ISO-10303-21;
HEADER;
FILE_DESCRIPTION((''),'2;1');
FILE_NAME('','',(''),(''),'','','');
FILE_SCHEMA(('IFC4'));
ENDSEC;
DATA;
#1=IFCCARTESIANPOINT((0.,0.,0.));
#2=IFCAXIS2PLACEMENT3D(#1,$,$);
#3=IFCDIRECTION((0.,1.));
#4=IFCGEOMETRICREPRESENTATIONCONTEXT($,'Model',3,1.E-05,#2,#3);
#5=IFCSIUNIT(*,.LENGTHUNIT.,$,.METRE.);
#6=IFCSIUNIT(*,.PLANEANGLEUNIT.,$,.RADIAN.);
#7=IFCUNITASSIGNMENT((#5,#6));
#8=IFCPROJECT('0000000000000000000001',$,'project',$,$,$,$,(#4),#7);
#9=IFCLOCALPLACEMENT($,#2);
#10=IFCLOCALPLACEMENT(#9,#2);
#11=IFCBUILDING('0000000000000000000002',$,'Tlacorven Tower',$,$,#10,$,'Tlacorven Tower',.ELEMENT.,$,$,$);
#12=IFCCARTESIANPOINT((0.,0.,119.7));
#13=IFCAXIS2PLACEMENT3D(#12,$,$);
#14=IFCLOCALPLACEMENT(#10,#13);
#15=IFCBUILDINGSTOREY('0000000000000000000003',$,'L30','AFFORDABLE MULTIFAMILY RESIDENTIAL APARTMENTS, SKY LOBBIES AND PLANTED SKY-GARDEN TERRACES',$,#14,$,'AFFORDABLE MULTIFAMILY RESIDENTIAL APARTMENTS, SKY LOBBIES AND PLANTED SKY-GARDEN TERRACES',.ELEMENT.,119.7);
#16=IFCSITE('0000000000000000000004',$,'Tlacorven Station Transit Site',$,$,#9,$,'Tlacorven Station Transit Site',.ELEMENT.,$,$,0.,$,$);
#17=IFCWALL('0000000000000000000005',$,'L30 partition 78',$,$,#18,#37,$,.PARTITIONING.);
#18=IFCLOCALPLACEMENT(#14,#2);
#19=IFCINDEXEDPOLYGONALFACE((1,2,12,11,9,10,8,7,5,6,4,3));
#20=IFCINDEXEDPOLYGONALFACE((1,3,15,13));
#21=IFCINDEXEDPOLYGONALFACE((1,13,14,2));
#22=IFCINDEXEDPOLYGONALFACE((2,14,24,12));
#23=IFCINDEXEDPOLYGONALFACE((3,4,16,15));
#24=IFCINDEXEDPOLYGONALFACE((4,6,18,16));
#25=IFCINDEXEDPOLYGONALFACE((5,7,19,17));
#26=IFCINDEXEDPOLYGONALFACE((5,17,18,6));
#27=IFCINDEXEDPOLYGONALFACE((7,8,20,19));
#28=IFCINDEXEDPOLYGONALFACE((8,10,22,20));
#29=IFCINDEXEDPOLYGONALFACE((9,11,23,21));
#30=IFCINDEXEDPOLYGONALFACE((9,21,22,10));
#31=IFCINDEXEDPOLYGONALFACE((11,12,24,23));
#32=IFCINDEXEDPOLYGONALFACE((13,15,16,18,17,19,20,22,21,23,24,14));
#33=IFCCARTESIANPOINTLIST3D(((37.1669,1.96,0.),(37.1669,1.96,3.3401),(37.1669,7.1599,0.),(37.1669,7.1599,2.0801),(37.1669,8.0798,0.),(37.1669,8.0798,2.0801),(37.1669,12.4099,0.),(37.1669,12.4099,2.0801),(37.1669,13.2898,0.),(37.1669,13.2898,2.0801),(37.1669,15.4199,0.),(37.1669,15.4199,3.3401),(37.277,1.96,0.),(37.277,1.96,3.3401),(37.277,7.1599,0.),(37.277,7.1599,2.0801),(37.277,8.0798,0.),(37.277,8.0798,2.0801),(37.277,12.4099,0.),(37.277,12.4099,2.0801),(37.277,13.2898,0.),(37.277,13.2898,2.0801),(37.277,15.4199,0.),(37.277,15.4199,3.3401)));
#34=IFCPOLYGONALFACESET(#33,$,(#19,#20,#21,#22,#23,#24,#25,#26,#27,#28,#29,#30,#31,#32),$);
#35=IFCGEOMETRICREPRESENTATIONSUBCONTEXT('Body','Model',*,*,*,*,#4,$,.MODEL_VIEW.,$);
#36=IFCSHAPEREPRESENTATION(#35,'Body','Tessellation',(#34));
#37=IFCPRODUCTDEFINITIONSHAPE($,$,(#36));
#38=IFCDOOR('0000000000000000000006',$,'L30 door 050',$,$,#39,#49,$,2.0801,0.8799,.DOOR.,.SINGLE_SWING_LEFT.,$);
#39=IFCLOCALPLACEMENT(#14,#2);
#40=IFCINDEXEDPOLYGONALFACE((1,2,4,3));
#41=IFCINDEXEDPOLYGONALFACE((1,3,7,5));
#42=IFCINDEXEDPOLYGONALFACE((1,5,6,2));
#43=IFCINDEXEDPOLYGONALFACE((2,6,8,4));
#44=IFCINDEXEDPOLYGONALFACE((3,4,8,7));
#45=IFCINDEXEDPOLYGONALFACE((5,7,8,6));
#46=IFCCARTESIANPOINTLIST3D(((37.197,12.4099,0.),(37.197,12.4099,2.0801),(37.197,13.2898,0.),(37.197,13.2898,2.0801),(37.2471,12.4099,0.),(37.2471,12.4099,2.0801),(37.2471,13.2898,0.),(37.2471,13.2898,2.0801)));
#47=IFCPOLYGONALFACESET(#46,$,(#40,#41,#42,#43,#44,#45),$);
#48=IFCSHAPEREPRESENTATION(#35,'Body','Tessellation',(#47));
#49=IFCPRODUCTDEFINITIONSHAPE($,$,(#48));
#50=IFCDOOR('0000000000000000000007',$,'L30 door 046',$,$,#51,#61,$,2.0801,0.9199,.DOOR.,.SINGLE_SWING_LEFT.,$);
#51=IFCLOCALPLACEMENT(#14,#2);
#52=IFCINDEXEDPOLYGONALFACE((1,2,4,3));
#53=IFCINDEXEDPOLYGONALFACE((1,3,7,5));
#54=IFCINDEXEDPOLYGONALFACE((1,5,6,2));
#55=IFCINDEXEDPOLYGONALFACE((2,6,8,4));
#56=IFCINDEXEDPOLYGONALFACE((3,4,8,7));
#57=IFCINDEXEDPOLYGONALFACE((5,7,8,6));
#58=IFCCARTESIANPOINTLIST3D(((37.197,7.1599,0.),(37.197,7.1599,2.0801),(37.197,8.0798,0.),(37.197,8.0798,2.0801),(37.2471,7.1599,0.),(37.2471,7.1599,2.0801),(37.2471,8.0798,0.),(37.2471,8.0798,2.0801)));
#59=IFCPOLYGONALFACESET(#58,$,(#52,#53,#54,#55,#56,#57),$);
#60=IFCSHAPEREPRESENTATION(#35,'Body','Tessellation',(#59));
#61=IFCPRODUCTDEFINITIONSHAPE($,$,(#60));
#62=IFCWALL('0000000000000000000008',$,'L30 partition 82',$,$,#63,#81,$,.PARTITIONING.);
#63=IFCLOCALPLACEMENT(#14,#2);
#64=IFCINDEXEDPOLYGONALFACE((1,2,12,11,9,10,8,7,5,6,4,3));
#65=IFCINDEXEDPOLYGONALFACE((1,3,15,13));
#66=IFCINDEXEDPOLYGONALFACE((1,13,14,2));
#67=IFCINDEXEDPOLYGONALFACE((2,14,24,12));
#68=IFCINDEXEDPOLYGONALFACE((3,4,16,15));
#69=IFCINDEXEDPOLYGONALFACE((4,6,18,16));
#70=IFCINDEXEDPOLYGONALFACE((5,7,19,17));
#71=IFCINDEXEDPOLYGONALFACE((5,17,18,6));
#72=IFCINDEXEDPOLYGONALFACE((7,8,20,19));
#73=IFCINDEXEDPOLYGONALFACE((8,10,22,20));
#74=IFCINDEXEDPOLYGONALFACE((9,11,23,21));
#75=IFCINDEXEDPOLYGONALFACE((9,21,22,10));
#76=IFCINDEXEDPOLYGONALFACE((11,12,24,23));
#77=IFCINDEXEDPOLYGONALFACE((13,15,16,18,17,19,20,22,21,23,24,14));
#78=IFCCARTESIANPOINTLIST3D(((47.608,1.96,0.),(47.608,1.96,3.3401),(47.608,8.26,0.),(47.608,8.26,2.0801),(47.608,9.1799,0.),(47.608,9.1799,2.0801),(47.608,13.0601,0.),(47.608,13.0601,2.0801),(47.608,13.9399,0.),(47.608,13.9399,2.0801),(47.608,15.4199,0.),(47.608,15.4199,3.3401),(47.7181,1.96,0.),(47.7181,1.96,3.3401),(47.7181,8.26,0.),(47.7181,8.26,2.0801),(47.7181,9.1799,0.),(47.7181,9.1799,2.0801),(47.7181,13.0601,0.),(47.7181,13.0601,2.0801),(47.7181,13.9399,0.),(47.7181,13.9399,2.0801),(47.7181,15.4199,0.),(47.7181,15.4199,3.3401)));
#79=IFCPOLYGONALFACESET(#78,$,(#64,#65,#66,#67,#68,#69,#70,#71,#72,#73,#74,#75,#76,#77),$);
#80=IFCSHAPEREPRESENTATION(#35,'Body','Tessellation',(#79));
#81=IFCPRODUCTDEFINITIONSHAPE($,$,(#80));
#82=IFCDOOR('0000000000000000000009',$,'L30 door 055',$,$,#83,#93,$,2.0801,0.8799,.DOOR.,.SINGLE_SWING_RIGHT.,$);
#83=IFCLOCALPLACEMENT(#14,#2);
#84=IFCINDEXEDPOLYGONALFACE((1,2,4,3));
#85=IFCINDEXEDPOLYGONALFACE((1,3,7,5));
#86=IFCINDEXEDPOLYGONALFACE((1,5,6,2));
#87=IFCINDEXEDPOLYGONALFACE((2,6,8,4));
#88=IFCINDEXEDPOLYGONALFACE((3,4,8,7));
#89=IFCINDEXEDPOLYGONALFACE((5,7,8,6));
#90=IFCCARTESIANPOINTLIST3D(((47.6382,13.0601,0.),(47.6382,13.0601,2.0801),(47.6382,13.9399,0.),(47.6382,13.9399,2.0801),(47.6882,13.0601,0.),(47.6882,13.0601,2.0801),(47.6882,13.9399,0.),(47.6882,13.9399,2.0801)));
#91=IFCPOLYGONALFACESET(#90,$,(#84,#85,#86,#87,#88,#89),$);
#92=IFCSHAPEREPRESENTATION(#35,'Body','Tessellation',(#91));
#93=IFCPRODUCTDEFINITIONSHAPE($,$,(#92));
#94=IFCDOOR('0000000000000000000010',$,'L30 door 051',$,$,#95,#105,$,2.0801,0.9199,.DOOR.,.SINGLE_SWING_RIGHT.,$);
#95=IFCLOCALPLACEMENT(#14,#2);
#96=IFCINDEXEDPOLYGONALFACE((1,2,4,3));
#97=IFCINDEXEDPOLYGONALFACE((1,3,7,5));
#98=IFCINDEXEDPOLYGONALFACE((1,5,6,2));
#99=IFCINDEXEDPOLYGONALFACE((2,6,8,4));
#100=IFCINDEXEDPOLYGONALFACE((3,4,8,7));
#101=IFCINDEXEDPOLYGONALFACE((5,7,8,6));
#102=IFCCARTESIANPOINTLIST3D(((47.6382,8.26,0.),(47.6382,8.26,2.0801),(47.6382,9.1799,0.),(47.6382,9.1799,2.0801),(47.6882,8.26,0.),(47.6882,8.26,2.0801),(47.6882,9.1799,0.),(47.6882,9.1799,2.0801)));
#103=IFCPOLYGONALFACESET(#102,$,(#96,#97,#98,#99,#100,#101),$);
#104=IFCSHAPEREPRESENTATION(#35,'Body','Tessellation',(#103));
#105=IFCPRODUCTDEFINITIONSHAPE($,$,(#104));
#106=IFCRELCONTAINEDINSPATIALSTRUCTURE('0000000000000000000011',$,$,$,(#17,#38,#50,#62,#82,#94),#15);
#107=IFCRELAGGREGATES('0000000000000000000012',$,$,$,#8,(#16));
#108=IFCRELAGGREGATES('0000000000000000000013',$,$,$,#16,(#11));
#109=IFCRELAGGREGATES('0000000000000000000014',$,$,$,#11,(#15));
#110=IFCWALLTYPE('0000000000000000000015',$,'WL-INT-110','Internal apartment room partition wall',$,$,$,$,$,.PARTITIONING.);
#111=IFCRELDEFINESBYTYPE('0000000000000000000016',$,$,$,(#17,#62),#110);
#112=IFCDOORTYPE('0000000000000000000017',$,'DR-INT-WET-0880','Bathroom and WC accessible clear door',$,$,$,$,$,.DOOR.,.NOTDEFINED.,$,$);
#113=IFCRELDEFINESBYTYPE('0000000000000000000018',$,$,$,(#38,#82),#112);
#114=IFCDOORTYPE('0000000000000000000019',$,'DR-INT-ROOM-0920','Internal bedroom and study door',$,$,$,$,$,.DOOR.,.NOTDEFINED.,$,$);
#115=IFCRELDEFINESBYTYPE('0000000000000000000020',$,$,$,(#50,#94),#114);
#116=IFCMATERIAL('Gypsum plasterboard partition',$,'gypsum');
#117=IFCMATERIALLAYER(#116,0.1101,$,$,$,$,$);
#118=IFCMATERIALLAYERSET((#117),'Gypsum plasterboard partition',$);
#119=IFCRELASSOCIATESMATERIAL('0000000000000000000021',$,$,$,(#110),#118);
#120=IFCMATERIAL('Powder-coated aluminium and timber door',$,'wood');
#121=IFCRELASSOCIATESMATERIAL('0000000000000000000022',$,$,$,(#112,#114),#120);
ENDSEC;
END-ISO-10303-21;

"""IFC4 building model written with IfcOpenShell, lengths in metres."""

from ifc_helpers import new_model, si_unit, direction, frame, frame_2d, origin, place, context, subcontext, project, spatial, rectangle, extrude, source, transform, mapped, material, layer, layer_set, type_object, element, fill, save


model = new_model("IFC4")

# Units and contexts
model_context = context("Model", 3, precision=1e-05, world=origin(), true_north=direction((0.0, 1.0)))
body_context = subcontext(model_context, "Body", "Model", "MODEL_VIEW")
ifc_project = project(units=[si_unit("LENGTHUNIT", "METRE"), si_unit("PLANEANGLEUNIT", "RADIAN")], contexts=[model_context])

# Site, building, storey
site_placement = place(None, origin())
site = spatial("IfcSite", under=ifc_project, at=site_placement, Name="Tlacorven Station Transit Site", LongName="Tlacorven Station Transit Site", CompositionType="ELEMENT", RefElevation=0.0)
building_placement = place(site_placement, origin())
building = spatial("IfcBuilding", under=site, at=building_placement, Name="Tlacorven Tower", LongName="Tlacorven Tower", CompositionType="ELEMENT")
storey_placement = place(building_placement, frame((0.0, 0.0, 119.7)))
storey = spatial("IfcBuildingStorey", under=building, at=storey_placement, Name="L30", Description="AFFORDABLE MULTIFAMILY RESIDENTIAL APARTMENTS, SKY LOBBIES AND PLANTED SKY-GARDEN TERRACES", LongName="AFFORDABLE MULTIFAMILY RESIDENTIAL APARTMENTS, SKY LOBBIES AND PLANTED SKY-GARDEN TERRACES", CompositionType="ELEMENT", Elevation=119.7)

# Walls, openings, doors
ifc_material_1 = material(Name="Gypsum plasterboard partition", Category="gypsum")
ifc_layer_1 = layer(ifc_material_1, 0.1101)
ifc_layer_set_1 = layer_set([ifc_layer_1], Name="Gypsum plasterboard partition")
wall_type_1 = type_object("IfcWallType", Name="WL-INT-110", Description="Internal apartment room partition wall", PredefinedType="PARTITIONING", material=ifc_layer_set_1)
wall_1_placement = place(storey_placement, frame((37.2219, 1.96, 0.0), z_axis=(0.0, 0.0, 1.0), x_axis=(0.0, 1.0, 0.0)))
wall_1 = element("IfcWall", 1, at=wall_1_placement, inside=storey, type_object=wall_type_1, Name="L30 partition 78", PredefinedType="PARTITIONING", context=body_context, shape_type="SweptSolid", body=[
    extrude(rectangle(XDim=13.46, YDim=0.1101, at=frame_2d((6.73, 0.0))), origin(), (0.0, 0.0, 1.0), 3.3401),
])
opening_1_placement = place(wall_1_placement, frame((5.2, 0.0, 0.0)))
opening_1 = element("IfcOpeningElement", 2, at=opening_1_placement, cuts=wall_1, PredefinedType="OPENING", context=body_context, shape_type="SweptSolid", body=[
    extrude(rectangle(XDim=0.9199, YDim=2.0801, at=frame_2d((0.46, 1.04))), frame((0.0, 0.0649, 0.0), z_axis=(0.0, -1.0, 0.0), x_axis=(1.0, 0.0, 0.0)), (0.0, 0.0, 1.0), 0.1301),
])
opening_2_placement = place(wall_1_placement, frame((10.45, 0.0, 0.0)))
opening_2 = element("IfcOpeningElement", 3, at=opening_2_placement, cuts=wall_1, PredefinedType="OPENING", context=body_context, shape_type="SweptSolid", body=[
    extrude(rectangle(XDim=0.8799, YDim=2.0801, at=frame_2d((0.4399, 1.04))), frame((0.0, 0.0649, 0.0), z_axis=(0.0, -1.0, 0.0), x_axis=(1.0, 0.0, 0.0)), (0.0, 0.0, 1.0), 0.1301),
])
ifc_material_2 = material(Name="Powder-coated aluminium and timber door", Category="wood")
door_type_1 = type_object("IfcDoorType", Name="DR-INT-WET-0880", Description="Bathroom and WC accessible clear door", OperationType="NOTDEFINED", PredefinedType="DOOR", material=ifc_material_2)
shared_shape_1 = source(origin(), body_context, "Body", "SweptSolid", [
    extrude(rectangle(XDim=0.8799, YDim=2.0801, at=frame_2d((0.4399, 1.04))), frame((0.0, 0.0249, 0.0), z_axis=(0.0, -1.0, 0.0), x_axis=(1.0, 0.0, 0.0)), (0.0, 0.0, 1.0), 0.05),
])
door_1_placement = place(opening_2_placement, origin())
door_1 = element("IfcDoor", 4, at=door_1_placement, inside=storey, type_object=door_type_1, Name="L30 door 050", OperationType="SINGLE_SWING_LEFT", OverallHeight=2.0801, OverallWidth=0.8799, PredefinedType="DOOR", context=body_context, shape_type="MappedRepresentation", body=[
    mapped(shared_shape_1, transform((0.0, 0.0, 0.0), scale=1.0)),
])
fill(opening_2, door_1)
door_type_2 = type_object("IfcDoorType", Name="DR-INT-ROOM-0920", Description="Internal bedroom and study door", OperationType="NOTDEFINED", PredefinedType="DOOR", material=ifc_material_2)
shared_shape_2 = source(origin(), body_context, "Body", "SweptSolid", [
    extrude(rectangle(XDim=0.9199, YDim=2.0801, at=frame_2d((0.46, 1.04))), frame((0.0, 0.0249, 0.0), z_axis=(0.0, -1.0, 0.0), x_axis=(1.0, 0.0, 0.0)), (0.0, 0.0, 1.0), 0.05),
])
door_2_placement = place(opening_1_placement, origin())
door_2 = element("IfcDoor", 5, at=door_2_placement, inside=storey, type_object=door_type_2, Name="L30 door 046", OperationType="SINGLE_SWING_LEFT", OverallHeight=2.0801, OverallWidth=0.9199, PredefinedType="DOOR", context=body_context, shape_type="MappedRepresentation", body=[
    mapped(shared_shape_2, transform((0.0, 0.0, 0.0), scale=1.0)),
])
fill(opening_1, door_2)
wall_2_placement = place(storey_placement, frame((47.6631, 1.96, 0.0), z_axis=(0.0, 0.0, 1.0), x_axis=(0.0, 1.0, 0.0)))
wall_2 = element("IfcWall", 6, at=wall_2_placement, inside=storey, type_object=wall_type_1, Name="L30 partition 82", PredefinedType="PARTITIONING", context=body_context, shape_type="SweptSolid", body=[
    extrude(rectangle(XDim=13.46, YDim=0.1101, at=frame_2d((6.73, 0.0))), origin(), (0.0, 0.0, 1.0), 3.3401),
])
opening_3_placement = place(wall_2_placement, frame((6.3, 0.0, 0.0)))
opening_3 = element("IfcOpeningElement", 7, at=opening_3_placement, cuts=wall_2, PredefinedType="OPENING", context=body_context, shape_type="SweptSolid", body=[
    extrude(rectangle(XDim=0.9199, YDim=2.0801, at=frame_2d((0.46, 1.04))), frame((0.0, 0.0649, 0.0), z_axis=(0.0, -1.0, 0.0), x_axis=(1.0, 0.0, 0.0)), (0.0, 0.0, 1.0), 0.1301),
])
opening_4_placement = place(wall_2_placement, frame((11.1001, 0.0, 0.0)))
opening_4 = element("IfcOpeningElement", 8, at=opening_4_placement, cuts=wall_2, PredefinedType="OPENING", context=body_context, shape_type="SweptSolid", body=[
    extrude(rectangle(XDim=0.8799, YDim=2.0801, at=frame_2d((0.4399, 1.04))), frame((0.0, 0.0649, 0.0), z_axis=(0.0, -1.0, 0.0), x_axis=(1.0, 0.0, 0.0)), (0.0, 0.0, 1.0), 0.1301),
])
door_3_placement = place(opening_4_placement, origin())
door_3 = element("IfcDoor", 9, at=door_3_placement, inside=storey, type_object=door_type_1, Name="L30 door 055", OperationType="SINGLE_SWING_RIGHT", OverallHeight=2.0801, OverallWidth=0.8799, PredefinedType="DOOR", context=body_context, shape_type="MappedRepresentation", body=[
    mapped(shared_shape_1, transform((0.0, 0.0, 0.0), scale=1.0)),
])
fill(opening_4, door_3)
door_4_placement = place(opening_3_placement, origin())
door_4 = element("IfcDoor", 10, at=door_4_placement, inside=storey, type_object=door_type_2, Name="L30 door 051", OperationType="SINGLE_SWING_RIGHT", OverallHeight=2.0801, OverallWidth=0.9199, PredefinedType="DOOR", context=body_context, shape_type="MappedRepresentation", body=[
    mapped(shared_shape_2, transform((0.0, 0.0, 0.0), scale=1.0)),
])
fill(opening_3, door_4)

save(model, "model.ifc")
